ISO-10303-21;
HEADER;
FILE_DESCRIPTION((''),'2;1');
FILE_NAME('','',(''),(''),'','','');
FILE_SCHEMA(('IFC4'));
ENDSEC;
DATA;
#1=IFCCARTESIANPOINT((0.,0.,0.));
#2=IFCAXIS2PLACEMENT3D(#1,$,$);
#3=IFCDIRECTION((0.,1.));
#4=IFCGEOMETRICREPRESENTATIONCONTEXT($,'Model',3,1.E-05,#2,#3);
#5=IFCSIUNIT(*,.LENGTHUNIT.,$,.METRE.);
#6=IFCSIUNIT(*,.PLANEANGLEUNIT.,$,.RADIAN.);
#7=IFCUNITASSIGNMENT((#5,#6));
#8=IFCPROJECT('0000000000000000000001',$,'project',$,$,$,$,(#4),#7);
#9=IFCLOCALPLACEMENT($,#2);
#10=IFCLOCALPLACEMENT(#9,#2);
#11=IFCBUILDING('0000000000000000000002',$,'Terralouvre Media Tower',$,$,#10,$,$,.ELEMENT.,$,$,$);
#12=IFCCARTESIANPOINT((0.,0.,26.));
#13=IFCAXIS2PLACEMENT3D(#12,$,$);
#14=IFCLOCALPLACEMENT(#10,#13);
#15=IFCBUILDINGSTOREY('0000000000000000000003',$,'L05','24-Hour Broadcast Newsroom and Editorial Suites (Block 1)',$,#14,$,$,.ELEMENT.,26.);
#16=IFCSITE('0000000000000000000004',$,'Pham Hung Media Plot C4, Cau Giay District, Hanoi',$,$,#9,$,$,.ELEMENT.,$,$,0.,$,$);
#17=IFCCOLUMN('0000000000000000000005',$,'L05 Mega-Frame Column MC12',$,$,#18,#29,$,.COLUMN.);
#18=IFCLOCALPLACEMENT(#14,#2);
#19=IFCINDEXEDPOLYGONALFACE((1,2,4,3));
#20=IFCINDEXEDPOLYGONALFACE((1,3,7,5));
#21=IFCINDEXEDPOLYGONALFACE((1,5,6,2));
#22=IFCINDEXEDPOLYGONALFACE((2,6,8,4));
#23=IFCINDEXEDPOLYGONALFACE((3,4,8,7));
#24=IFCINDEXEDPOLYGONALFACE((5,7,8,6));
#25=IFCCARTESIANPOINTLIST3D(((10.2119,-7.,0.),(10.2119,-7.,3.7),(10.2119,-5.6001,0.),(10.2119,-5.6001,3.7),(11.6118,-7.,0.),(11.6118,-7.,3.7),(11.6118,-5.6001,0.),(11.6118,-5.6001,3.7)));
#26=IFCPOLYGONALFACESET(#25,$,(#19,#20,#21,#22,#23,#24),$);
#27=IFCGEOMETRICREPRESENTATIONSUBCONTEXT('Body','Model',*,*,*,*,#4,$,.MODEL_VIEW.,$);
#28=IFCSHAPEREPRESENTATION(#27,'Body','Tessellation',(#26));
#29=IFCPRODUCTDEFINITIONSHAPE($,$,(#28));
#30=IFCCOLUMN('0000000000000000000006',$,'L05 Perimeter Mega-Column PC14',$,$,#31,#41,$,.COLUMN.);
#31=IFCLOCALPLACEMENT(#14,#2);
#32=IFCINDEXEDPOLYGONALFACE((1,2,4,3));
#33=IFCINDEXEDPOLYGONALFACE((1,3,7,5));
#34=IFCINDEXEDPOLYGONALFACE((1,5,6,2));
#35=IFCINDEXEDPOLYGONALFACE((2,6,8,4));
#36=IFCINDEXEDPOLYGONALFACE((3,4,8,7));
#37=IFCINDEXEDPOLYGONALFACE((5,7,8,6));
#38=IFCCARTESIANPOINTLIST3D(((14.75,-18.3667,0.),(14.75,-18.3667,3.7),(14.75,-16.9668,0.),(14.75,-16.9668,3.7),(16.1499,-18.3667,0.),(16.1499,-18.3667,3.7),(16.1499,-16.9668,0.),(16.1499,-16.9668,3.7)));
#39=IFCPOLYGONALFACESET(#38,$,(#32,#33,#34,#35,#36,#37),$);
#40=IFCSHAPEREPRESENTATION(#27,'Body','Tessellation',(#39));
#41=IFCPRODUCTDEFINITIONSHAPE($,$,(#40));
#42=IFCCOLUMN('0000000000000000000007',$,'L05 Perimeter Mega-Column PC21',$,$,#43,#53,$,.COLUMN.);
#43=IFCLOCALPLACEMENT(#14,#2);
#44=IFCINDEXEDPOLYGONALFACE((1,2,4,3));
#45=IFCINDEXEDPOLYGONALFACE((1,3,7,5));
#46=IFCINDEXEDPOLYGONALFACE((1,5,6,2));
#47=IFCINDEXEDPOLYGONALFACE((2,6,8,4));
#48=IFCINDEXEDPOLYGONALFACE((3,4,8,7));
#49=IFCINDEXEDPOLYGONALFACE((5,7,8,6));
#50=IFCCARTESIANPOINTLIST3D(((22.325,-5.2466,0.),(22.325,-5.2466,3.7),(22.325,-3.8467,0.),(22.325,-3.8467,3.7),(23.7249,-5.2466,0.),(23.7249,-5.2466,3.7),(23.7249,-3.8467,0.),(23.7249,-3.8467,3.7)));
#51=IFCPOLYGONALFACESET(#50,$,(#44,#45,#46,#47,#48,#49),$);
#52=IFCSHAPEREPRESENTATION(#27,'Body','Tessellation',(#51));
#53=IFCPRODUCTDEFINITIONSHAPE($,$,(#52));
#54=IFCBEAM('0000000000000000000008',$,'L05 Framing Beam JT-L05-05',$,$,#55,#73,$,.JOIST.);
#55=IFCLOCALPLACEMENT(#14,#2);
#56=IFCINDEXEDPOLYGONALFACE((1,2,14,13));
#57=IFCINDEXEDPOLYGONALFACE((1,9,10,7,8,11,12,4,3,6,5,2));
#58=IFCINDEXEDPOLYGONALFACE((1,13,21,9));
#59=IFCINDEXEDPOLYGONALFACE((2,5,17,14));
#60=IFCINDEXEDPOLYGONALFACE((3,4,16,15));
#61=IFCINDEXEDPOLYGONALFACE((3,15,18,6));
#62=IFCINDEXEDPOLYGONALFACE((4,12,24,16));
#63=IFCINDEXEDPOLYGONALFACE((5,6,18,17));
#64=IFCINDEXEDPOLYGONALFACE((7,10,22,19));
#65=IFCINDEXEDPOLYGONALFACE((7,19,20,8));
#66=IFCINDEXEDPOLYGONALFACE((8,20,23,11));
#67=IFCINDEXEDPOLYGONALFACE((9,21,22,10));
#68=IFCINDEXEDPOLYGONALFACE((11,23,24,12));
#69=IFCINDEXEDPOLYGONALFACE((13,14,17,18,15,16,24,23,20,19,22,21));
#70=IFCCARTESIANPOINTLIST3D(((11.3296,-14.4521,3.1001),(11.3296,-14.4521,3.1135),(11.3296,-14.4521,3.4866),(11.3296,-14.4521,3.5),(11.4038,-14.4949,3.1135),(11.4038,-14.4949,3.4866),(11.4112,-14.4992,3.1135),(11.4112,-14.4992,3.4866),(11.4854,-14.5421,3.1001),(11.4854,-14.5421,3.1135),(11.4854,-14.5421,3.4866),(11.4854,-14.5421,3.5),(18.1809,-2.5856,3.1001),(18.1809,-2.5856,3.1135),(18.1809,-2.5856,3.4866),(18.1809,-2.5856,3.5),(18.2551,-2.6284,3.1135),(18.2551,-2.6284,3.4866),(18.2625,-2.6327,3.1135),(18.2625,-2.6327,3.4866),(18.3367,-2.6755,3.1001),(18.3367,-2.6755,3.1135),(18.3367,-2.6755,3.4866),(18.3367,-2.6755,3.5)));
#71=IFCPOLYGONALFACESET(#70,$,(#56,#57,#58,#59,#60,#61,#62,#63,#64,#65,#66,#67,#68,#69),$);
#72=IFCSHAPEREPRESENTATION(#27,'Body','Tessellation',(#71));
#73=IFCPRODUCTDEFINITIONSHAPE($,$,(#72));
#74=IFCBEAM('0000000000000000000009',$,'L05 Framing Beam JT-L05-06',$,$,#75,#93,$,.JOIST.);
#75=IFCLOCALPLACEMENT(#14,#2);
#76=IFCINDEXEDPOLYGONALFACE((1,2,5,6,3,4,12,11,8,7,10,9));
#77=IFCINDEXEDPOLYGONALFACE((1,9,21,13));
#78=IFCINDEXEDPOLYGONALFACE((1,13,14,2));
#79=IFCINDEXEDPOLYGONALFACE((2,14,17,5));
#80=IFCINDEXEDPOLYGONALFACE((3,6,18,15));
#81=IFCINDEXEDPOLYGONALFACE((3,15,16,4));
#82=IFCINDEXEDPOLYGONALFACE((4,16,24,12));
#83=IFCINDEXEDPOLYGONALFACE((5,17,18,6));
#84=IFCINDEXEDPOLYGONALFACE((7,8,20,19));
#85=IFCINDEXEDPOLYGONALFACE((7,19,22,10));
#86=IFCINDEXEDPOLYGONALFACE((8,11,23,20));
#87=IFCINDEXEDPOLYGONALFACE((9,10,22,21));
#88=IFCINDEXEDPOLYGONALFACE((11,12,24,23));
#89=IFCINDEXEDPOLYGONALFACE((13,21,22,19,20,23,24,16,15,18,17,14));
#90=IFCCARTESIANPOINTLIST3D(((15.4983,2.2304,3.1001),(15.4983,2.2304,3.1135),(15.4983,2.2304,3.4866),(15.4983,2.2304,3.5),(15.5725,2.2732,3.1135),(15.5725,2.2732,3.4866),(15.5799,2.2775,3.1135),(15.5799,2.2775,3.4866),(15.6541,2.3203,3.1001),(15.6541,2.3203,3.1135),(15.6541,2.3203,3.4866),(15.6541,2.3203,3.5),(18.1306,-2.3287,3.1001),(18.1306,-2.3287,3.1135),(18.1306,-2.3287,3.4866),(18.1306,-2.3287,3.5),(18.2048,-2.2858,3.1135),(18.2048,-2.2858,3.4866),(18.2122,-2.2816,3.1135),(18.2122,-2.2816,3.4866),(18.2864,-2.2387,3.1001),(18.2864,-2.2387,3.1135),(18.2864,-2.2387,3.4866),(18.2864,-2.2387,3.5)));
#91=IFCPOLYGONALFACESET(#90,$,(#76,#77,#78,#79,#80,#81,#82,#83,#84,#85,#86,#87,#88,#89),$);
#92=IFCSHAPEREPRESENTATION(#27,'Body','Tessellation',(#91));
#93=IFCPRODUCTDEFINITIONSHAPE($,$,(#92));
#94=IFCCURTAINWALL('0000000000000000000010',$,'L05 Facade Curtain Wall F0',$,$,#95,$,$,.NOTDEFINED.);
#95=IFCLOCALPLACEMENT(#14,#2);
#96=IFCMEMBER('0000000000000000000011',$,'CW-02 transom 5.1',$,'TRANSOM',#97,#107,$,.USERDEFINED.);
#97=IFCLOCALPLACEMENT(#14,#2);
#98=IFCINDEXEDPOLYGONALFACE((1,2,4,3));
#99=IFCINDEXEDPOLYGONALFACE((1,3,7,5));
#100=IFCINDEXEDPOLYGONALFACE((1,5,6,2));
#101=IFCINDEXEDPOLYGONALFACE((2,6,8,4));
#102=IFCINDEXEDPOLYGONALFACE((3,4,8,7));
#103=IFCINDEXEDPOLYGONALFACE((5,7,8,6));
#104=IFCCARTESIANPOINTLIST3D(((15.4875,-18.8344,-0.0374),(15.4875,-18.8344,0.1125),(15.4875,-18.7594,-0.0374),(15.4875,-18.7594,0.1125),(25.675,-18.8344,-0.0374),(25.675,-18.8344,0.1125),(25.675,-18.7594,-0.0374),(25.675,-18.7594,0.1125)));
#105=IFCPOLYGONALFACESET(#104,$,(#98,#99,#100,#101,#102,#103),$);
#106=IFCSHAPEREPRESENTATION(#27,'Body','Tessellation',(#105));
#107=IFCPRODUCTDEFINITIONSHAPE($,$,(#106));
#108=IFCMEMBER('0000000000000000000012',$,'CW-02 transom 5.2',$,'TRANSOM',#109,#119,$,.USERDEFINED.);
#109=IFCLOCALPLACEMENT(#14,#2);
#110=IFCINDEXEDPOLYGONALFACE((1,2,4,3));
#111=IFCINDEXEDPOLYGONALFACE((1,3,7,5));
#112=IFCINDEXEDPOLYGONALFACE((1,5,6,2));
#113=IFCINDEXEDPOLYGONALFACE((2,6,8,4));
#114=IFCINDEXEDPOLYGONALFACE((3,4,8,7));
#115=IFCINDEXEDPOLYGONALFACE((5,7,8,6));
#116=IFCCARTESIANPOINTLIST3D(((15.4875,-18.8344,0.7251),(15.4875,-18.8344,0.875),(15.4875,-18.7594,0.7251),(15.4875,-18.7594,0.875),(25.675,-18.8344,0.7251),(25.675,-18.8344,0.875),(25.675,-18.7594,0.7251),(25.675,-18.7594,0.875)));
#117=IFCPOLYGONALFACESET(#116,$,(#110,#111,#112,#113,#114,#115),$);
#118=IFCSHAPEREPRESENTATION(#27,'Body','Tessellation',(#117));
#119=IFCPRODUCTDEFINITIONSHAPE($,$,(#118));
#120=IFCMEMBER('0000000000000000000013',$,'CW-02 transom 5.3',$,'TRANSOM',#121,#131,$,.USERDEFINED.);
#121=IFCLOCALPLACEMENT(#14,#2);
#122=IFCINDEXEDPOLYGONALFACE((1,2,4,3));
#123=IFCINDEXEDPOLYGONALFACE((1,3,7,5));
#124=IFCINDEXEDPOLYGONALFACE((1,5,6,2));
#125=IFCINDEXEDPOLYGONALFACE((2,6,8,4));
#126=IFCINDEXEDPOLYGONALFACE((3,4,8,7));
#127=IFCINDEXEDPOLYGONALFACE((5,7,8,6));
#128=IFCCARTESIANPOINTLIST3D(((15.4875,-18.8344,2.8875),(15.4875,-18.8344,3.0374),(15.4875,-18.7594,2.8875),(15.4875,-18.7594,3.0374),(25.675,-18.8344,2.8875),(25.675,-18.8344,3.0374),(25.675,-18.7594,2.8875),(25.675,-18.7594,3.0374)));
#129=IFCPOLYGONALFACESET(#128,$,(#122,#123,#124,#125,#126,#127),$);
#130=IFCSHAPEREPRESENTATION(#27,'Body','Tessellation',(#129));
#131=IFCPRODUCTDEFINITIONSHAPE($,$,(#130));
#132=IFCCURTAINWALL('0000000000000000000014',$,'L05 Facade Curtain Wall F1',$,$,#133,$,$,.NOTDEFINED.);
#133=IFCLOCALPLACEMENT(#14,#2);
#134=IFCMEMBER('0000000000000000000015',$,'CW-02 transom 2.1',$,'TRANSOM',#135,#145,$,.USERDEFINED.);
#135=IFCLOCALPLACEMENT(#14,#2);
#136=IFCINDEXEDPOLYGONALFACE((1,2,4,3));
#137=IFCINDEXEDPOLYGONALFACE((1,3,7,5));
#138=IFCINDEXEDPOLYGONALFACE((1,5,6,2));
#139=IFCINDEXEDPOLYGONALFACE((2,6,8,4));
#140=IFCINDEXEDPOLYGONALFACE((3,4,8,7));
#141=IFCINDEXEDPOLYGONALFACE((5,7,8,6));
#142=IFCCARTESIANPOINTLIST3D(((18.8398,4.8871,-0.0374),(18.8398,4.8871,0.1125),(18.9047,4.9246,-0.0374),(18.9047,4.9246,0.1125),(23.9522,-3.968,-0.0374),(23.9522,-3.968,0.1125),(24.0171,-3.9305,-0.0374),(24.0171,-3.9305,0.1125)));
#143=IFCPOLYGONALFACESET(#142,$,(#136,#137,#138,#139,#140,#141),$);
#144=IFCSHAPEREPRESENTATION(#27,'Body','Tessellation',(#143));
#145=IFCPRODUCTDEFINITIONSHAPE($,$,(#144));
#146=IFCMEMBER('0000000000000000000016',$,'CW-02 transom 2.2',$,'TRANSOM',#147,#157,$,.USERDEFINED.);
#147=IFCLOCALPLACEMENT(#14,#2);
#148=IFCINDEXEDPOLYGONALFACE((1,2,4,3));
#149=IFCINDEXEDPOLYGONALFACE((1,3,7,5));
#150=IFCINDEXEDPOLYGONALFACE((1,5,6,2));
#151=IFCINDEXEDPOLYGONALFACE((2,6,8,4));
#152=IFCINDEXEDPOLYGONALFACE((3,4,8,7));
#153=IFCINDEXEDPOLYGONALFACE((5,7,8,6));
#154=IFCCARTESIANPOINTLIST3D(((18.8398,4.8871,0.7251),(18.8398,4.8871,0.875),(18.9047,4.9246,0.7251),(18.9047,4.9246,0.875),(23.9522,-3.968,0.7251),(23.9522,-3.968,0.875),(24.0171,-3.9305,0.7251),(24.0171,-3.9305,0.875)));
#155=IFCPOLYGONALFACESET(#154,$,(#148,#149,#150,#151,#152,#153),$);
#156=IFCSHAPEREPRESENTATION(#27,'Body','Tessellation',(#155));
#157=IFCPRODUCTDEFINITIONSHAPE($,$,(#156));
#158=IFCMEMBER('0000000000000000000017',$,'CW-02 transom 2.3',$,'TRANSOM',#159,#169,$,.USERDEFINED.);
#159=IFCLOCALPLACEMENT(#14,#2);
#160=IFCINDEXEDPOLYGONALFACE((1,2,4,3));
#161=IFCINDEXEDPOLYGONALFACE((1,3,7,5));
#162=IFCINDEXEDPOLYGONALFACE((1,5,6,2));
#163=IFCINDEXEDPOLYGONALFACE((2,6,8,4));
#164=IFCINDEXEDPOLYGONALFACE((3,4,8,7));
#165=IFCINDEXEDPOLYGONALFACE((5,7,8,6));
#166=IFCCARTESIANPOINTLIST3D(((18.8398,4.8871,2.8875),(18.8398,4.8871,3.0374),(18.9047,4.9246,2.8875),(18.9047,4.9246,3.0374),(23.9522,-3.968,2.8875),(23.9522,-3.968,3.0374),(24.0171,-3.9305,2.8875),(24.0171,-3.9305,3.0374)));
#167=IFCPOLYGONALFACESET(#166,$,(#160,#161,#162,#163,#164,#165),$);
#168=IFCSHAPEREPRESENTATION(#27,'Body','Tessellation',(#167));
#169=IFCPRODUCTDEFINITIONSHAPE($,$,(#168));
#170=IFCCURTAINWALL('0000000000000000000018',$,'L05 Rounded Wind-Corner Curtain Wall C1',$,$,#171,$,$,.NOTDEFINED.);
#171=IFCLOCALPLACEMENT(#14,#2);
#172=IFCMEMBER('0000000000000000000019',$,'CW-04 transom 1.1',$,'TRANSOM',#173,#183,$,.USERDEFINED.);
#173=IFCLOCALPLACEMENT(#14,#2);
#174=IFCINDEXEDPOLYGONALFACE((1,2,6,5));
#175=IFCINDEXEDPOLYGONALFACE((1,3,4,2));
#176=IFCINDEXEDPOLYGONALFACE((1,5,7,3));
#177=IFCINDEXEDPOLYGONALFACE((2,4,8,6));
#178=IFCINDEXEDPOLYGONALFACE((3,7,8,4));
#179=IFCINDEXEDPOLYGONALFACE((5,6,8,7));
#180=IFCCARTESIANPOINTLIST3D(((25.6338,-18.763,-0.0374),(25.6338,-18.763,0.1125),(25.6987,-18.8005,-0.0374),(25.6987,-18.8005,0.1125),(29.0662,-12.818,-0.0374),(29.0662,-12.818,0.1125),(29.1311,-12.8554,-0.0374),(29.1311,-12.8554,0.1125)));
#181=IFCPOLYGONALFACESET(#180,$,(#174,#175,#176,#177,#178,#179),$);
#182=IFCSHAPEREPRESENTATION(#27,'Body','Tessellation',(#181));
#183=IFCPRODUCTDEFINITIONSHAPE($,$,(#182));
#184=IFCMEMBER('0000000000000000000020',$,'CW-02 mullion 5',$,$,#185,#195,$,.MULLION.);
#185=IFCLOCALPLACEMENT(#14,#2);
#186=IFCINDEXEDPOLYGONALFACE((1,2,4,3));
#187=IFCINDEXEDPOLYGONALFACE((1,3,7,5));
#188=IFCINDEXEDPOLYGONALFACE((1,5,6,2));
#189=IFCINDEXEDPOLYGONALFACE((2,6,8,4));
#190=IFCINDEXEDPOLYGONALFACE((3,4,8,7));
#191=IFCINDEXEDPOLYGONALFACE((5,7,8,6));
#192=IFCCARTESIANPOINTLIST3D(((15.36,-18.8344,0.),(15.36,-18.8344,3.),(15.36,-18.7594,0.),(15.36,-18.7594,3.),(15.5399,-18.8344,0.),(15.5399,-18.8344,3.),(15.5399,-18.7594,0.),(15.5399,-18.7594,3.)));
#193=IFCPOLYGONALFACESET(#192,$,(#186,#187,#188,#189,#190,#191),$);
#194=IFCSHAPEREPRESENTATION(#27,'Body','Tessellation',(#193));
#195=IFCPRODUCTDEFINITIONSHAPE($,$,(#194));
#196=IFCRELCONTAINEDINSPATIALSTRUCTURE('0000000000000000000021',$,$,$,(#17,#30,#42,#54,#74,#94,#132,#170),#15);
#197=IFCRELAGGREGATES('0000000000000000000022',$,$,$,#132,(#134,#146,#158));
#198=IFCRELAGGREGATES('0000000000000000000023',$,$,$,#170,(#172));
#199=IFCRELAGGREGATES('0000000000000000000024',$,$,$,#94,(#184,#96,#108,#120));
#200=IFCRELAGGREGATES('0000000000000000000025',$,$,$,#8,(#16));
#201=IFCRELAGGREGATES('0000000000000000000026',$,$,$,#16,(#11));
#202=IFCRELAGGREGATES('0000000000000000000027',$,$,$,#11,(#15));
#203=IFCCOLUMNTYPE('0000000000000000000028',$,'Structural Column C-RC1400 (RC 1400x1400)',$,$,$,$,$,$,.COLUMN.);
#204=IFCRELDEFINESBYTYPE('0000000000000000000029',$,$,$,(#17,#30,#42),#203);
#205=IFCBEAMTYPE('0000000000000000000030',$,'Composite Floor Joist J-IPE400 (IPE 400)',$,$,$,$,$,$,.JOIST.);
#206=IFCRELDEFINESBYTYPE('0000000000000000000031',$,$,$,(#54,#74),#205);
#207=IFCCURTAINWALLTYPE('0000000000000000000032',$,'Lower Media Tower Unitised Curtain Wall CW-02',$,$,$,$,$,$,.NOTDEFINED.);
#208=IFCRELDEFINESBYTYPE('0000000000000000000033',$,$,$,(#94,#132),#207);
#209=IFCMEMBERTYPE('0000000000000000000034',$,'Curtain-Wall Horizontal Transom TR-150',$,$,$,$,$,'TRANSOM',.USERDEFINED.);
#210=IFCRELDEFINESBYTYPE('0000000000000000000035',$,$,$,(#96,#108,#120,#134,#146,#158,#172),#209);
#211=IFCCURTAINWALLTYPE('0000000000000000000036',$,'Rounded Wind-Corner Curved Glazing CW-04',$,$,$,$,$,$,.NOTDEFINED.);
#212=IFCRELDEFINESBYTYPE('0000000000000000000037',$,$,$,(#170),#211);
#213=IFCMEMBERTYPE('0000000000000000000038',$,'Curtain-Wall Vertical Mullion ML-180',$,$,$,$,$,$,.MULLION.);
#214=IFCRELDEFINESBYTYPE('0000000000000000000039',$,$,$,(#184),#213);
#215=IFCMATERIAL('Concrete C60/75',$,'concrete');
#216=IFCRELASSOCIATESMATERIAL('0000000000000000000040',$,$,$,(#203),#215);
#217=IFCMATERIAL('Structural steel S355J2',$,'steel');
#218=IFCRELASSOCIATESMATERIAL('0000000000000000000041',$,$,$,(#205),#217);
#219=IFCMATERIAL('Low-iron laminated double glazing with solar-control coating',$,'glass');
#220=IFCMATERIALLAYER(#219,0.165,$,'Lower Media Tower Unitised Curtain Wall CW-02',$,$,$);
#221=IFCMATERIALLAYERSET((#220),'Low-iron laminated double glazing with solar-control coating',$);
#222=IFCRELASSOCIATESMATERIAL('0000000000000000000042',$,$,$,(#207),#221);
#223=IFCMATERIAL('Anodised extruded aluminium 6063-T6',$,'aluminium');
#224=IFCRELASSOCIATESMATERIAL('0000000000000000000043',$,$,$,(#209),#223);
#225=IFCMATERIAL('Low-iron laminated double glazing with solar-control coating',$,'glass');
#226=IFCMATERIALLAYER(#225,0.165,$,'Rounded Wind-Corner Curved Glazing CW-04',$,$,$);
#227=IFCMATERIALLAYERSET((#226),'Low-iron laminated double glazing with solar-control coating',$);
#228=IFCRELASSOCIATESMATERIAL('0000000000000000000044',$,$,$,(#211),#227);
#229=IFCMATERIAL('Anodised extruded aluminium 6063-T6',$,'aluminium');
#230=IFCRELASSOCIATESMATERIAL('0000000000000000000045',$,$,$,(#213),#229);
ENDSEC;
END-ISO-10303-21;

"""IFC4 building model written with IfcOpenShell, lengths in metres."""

from ifc_helpers import new_model, si_unit, direction, frame, origin, origin_2d, place, context, subcontext, project, spatial, rectangle, i_section, extrude, material, layer, layer_set, material_profile, profile_set, type_object, element, aggregate, save


model = new_model("IFC4")

# Units and contexts
model_context = context("Model", 3, precision=1e-05, world=origin(), true_north=direction((0.0, 1.0)))
body_context = subcontext(model_context, "Body", "Model", "MODEL_VIEW")
ifc_project = project(units=[si_unit("LENGTHUNIT", "METRE"), si_unit("PLANEANGLEUNIT", "RADIAN")], contexts=[model_context])

# Site, building, storey
site_placement = place(None, origin())
site = spatial("IfcSite", under=ifc_project, at=site_placement, Name="Pham Hung Media Plot C4, Cau Giay District, Hanoi", CompositionType="ELEMENT", RefElevation=0.0)
building_placement = place(site_placement, origin())
building = spatial("IfcBuilding", under=site, at=building_placement, Name="Terralouvre Media Tower", CompositionType="ELEMENT")
storey_placement = place(building_placement, frame((0.0, 0.0, 26.0)))
storey = spatial("IfcBuildingStorey", under=building, at=storey_placement, Name="L05", Description="24-Hour Broadcast Newsroom and Editorial Suites (Block 1)", CompositionType="ELEMENT", Elevation=26.0)

# Columns
ifc_material_1 = material(Name="Concrete C60/75", Category="concrete")
ifc_material_profile_1 = material_profile(ifc_material_1, rectangle(XDim=1.3999, YDim=1.3999, at=origin_2d()), Name="RC 1400x1400")
ifc_profile_set_1 = profile_set([ifc_material_profile_1], Name="Concrete C60/75")
column_type = type_object("IfcColumnType", Name="Structural Column C-RC1400 (RC 1400x1400)", PredefinedType="COLUMN", material=ifc_profile_set_1)
for number, where, z_axis, x_axis, name in (
    (1, (10.9119, -6.3, 0.0), (0.0, 0.0, 1.0), (1.0, 0.0, 0.0), "L05 Mega-Frame Column MC12"),
    (2, (15.45, -17.6667, 0.0), (0.0, 0.0, 1.0), (1.0, 0.0, 0.0), "L05 Perimeter Mega-Column PC14"),
    (3, (23.0249, -4.5466, 0.0), (0.0, 0.0, 1.0), (1.0, 0.0, 0.0), "L05 Perimeter Mega-Column PC21"),
):
    element("IfcColumn", number, at=place(storey_placement, frame(where, z_axis=z_axis, x_axis=x_axis)), inside=storey, type_object=column_type, Name=name, PredefinedType="COLUMN", context=body_context, shape_type="SweptSolid", body=[
        extrude(rectangle(XDim=1.3999, YDim=1.3999, at=origin_2d()), origin(), (0.0, 0.0, 1.0), 3.7),
    ])

# Beams
ifc_material_2 = material(Name="Structural steel S355J2", Category="steel")
ifc_material_profile_2 = material_profile(ifc_material_2, i_section(OverallWidth=0.1799, OverallDepth=0.3999, WebThickness=0.0085, FlangeThickness=0.0134, at=origin_2d()), Name="IPE 400")
ifc_profile_set_2 = profile_set([ifc_material_profile_2], Name="Structural steel S355J2")
beam_type_1 = type_object("IfcBeamType", Name="Composite Floor Joist J-IPE400 (IPE 400)", PredefinedType="JOIST", material=ifc_profile_set_2)
beam_1_placement = place(storey_placement, frame((11.4075, -14.4971, 3.3), z_axis=(0.500012, 0.866019, 0.0), x_axis=(-0.866019, 0.500012, 0.0)))
element("IfcBeam", 4, at=beam_1_placement, inside=storey, type_object=beam_type_1, Name="L05 Framing Beam JT-L05-05", PredefinedType="JOIST", context=body_context, shape_type="SweptSolid", body=[
    extrude(i_section(OverallWidth=0.1799, OverallDepth=0.3999, WebThickness=0.0085, FlangeThickness=0.0134, at=origin_2d()), origin(), (0.0, 0.0, 1.0), 13.7024),
])
beam_2_placement = place(storey_placement, frame((18.2085, -2.2837, 3.3), z_axis=(-0.50002, 0.866014, 0.0), x_axis=(-0.866014, -0.50002, 0.0)))
element("IfcBeam", 5, at=beam_2_placement, inside=storey, type_object=beam_type_1, Name="L05 Framing Beam JT-L05-06", PredefinedType="JOIST", context=body_context, shape_type="SweptSolid", body=[
    extrude(i_section(OverallWidth=0.1799, OverallDepth=0.3999, WebThickness=0.0085, FlangeThickness=0.0134, at=origin_2d()), origin(), (0.0, 0.0, 1.0), 5.2644),
])

# Curtain walls, members
ifc_material_3 = material(Name="Low-iron laminated double glazing with solar-control coating", Category="glass")
ifc_layer_1 = layer(ifc_material_3, 0.165, Name="Lower Media Tower Unitised Curtain Wall CW-02")
ifc_layer_set_1 = layer_set([ifc_layer_1], Name="Low-iron laminated double glazing with solar-control coating")
curtain_wall_type_1 = type_object("IfcCurtainWallType", Name="Lower Media Tower Unitised Curtain Wall CW-02", PredefinedType="NOTDEFINED", material=ifc_layer_set_1)
curtain_wall_1_placement = place(storey_placement, origin())
curtain_wall_1 = element("IfcCurtainWall", 6, at=curtain_wall_1_placement, inside=storey, type_object=curtain_wall_type_1, Name="L05 Facade Curtain Wall F0", PredefinedType="NOTDEFINED")
ifc_material_4 = material(Name="Anodised extruded aluminium 6063-T6", Category="aluminium")
ifc_material_profile_3 = material_profile(ifc_material_4, rectangle(XDim=0.075, YDim=0.1499, at=origin_2d()), Name="ALU 75x150")
ifc_profile_set_3 = profile_set([ifc_material_profile_3], Name="Anodised extruded aluminium 6063-T6")
member_type_1 = type_object("IfcMemberType", Name="Curtain-Wall Horizontal Transom TR-150", ElementType="TRANSOM", PredefinedType="USERDEFINED", material=ifc_profile_set_3)
member_1_placement = place(storey_placement, frame((15.4875, -18.7969, 0.0376), z_axis=(1.0, 0.0, 0.0), x_axis=(0.0, 1.0, 0.0)))
member_1 = element("IfcMember", 7, at=member_1_placement, type_object=member_type_1, Name="CW-02 transom 5.1", ObjectType="TRANSOM", PredefinedType="USERDEFINED", context=body_context, shape_type="SweptSolid", body=[
    extrude(rectangle(XDim=0.075, YDim=0.1499, at=origin_2d()), origin(), (0.0, 0.0, 1.0), 10.1875),
])
member_2_placement = place(storey_placement, frame((15.4875, -18.7969, 0.8), z_axis=(1.0, 0.0, 0.0), x_axis=(0.0, 1.0, 0.0)))
member_2 = element("IfcMember", 8, at=member_2_placement, type_object=member_type_1, Name="CW-02 transom 5.2", ObjectType="TRANSOM", PredefinedType="USERDEFINED", context=body_context, shape_type="SweptSolid", body=[
    extrude(rectangle(XDim=0.075, YDim=0.1499, at=origin_2d()), origin(), (0.0, 0.0, 1.0), 10.1875),
])
member_3_placement = place(storey_placement, frame((15.4875, -18.7969, 2.9624), z_axis=(1.0, 0.0, 0.0), x_axis=(0.0, 1.0, 0.0)))
member_3 = element("IfcMember", 9, at=member_3_placement, type_object=member_type_1, Name="CW-02 transom 5.3", ObjectType="TRANSOM", PredefinedType="USERDEFINED", context=body_context, shape_type="SweptSolid", body=[
    extrude(rectangle(XDim=0.075, YDim=0.1499, at=origin_2d()), origin(), (0.0, 0.0, 1.0), 10.1875),
])
curtain_wall_2_placement = place(storey_placement, origin())
curtain_wall_2 = element("IfcCurtainWall", 10, at=curtain_wall_2_placement, inside=storey, type_object=curtain_wall_type_1, Name="L05 Facade Curtain Wall F1", PredefinedType="NOTDEFINED")
member_4_placement = place(storey_placement, frame((23.9846, -3.9492, 0.0376), z_axis=(-0.499991, 0.866031, 0.0), x_axis=(-0.866031, -0.499991, 0.0)))
member_4 = element("IfcMember", 11, at=member_4_placement, type_object=member_type_1, Name="CW-02 transom 2.1", ObjectType="TRANSOM", PredefinedType="USERDEFINED", context=body_context, shape_type="SweptSolid", body=[
    extrude(rectangle(XDim=0.075, YDim=0.1499, at=origin_2d()), origin(), (0.0, 0.0, 1.0), 10.2249),
])
member_5_placement = place(storey_placement, frame((23.9846, -3.9492, 0.8), z_axis=(-0.499991, 0.866031, 0.0), x_axis=(-0.866031, -0.499991, 0.0)))
member_5 = element("IfcMember", 12, at=member_5_placement, type_object=member_type_1, Name="CW-02 transom 2.2", ObjectType="TRANSOM", PredefinedType="USERDEFINED", context=body_context, shape_type="SweptSolid", body=[
    extrude(rectangle(XDim=0.075, YDim=0.1499, at=origin_2d()), origin(), (0.0, 0.0, 1.0), 10.2249),
])
member_6_placement = place(storey_placement, frame((23.9846, -3.9492, 2.9624), z_axis=(-0.499991, 0.866031, 0.0), x_axis=(-0.866031, -0.499991, 0.0)))
member_6 = element("IfcMember", 13, at=member_6_placement, type_object=member_type_1, Name="CW-02 transom 2.3", ObjectType="TRANSOM", PredefinedType="USERDEFINED", context=body_context, shape_type="SweptSolid", body=[
    extrude(rectangle(XDim=0.075, YDim=0.1499, at=origin_2d()), origin(), (0.0, 0.0, 1.0), 10.2249),
])

# Curtain wall, member
ifc_material_5 = material(Name="Low-iron laminated double glazing with solar-control coating", Category="glass")
ifc_layer_2 = layer(ifc_material_5, 0.165, Name="Rounded Wind-Corner Curved Glazing CW-04")
ifc_layer_set_2 = layer_set([ifc_layer_2], Name="Low-iron laminated double glazing with solar-control coating")
curtain_wall_type_2 = type_object("IfcCurtainWallType", Name="Rounded Wind-Corner Curved Glazing CW-04", PredefinedType="NOTDEFINED", material=ifc_layer_set_2)
curtain_wall_3_placement = place(storey_placement, origin())
curtain_wall_3 = element("IfcCurtainWall", 14, at=curtain_wall_3_placement, inside=storey, type_object=curtain_wall_type_2, Name="L05 Rounded Wind-Corner Curtain Wall C1", PredefinedType="NOTDEFINED")
member_7_placement = place(storey_placement, frame((25.6663, -18.7817, 0.0376), z_axis=(0.499998, 0.866026, 0.0), x_axis=(-0.866026, 0.499998, 0.0)))
member_7 = element("IfcMember", 15, at=member_7_placement, type_object=member_type_1, Name="CW-04 transom 1.1", ObjectType="TRANSOM", PredefinedType="USERDEFINED", context=body_context, shape_type="SweptSolid", body=[
    extrude(rectangle(XDim=0.075, YDim=0.1499, at=origin_2d()), origin(), (0.0, 0.0, 1.0), 6.8647),
])

# Member
ifc_material_6 = material(Name="Anodised extruded aluminium 6063-T6", Category="aluminium")
ifc_material_profile_4 = material_profile(ifc_material_6, rectangle(XDim=0.075, YDim=0.1799, at=origin_2d()), Name="ALU 75x180")
ifc_profile_set_4 = profile_set([ifc_material_profile_4], Name="Anodised extruded aluminium 6063-T6")
member_type_2 = type_object("IfcMemberType", Name="Curtain-Wall Vertical Mullion ML-180", PredefinedType="MULLION", material=ifc_profile_set_4)
member_8_placement = place(storey_placement, frame((15.45, -18.7969, 0.0), z_axis=(0.0, 0.0, 1.0), x_axis=(0.0, 1.0, 0.0)))
member_8 = element("IfcMember", 16, at=member_8_placement, type_object=member_type_2, Name="CW-02 mullion 5", PredefinedType="MULLION", context=body_context, shape_type="SweptSolid", body=[
    extrude(rectangle(XDim=0.075, YDim=0.1799, at=origin_2d()), origin(), (0.0, 0.0, 1.0), 3.0),
])
aggregate(curtain_wall_2, [member_4, member_5, member_6])
aggregate(curtain_wall_3, [member_7])

aggregate(curtain_wall_1, [member_8, member_1, member_2, member_3])

save(model, "model.ifc")
